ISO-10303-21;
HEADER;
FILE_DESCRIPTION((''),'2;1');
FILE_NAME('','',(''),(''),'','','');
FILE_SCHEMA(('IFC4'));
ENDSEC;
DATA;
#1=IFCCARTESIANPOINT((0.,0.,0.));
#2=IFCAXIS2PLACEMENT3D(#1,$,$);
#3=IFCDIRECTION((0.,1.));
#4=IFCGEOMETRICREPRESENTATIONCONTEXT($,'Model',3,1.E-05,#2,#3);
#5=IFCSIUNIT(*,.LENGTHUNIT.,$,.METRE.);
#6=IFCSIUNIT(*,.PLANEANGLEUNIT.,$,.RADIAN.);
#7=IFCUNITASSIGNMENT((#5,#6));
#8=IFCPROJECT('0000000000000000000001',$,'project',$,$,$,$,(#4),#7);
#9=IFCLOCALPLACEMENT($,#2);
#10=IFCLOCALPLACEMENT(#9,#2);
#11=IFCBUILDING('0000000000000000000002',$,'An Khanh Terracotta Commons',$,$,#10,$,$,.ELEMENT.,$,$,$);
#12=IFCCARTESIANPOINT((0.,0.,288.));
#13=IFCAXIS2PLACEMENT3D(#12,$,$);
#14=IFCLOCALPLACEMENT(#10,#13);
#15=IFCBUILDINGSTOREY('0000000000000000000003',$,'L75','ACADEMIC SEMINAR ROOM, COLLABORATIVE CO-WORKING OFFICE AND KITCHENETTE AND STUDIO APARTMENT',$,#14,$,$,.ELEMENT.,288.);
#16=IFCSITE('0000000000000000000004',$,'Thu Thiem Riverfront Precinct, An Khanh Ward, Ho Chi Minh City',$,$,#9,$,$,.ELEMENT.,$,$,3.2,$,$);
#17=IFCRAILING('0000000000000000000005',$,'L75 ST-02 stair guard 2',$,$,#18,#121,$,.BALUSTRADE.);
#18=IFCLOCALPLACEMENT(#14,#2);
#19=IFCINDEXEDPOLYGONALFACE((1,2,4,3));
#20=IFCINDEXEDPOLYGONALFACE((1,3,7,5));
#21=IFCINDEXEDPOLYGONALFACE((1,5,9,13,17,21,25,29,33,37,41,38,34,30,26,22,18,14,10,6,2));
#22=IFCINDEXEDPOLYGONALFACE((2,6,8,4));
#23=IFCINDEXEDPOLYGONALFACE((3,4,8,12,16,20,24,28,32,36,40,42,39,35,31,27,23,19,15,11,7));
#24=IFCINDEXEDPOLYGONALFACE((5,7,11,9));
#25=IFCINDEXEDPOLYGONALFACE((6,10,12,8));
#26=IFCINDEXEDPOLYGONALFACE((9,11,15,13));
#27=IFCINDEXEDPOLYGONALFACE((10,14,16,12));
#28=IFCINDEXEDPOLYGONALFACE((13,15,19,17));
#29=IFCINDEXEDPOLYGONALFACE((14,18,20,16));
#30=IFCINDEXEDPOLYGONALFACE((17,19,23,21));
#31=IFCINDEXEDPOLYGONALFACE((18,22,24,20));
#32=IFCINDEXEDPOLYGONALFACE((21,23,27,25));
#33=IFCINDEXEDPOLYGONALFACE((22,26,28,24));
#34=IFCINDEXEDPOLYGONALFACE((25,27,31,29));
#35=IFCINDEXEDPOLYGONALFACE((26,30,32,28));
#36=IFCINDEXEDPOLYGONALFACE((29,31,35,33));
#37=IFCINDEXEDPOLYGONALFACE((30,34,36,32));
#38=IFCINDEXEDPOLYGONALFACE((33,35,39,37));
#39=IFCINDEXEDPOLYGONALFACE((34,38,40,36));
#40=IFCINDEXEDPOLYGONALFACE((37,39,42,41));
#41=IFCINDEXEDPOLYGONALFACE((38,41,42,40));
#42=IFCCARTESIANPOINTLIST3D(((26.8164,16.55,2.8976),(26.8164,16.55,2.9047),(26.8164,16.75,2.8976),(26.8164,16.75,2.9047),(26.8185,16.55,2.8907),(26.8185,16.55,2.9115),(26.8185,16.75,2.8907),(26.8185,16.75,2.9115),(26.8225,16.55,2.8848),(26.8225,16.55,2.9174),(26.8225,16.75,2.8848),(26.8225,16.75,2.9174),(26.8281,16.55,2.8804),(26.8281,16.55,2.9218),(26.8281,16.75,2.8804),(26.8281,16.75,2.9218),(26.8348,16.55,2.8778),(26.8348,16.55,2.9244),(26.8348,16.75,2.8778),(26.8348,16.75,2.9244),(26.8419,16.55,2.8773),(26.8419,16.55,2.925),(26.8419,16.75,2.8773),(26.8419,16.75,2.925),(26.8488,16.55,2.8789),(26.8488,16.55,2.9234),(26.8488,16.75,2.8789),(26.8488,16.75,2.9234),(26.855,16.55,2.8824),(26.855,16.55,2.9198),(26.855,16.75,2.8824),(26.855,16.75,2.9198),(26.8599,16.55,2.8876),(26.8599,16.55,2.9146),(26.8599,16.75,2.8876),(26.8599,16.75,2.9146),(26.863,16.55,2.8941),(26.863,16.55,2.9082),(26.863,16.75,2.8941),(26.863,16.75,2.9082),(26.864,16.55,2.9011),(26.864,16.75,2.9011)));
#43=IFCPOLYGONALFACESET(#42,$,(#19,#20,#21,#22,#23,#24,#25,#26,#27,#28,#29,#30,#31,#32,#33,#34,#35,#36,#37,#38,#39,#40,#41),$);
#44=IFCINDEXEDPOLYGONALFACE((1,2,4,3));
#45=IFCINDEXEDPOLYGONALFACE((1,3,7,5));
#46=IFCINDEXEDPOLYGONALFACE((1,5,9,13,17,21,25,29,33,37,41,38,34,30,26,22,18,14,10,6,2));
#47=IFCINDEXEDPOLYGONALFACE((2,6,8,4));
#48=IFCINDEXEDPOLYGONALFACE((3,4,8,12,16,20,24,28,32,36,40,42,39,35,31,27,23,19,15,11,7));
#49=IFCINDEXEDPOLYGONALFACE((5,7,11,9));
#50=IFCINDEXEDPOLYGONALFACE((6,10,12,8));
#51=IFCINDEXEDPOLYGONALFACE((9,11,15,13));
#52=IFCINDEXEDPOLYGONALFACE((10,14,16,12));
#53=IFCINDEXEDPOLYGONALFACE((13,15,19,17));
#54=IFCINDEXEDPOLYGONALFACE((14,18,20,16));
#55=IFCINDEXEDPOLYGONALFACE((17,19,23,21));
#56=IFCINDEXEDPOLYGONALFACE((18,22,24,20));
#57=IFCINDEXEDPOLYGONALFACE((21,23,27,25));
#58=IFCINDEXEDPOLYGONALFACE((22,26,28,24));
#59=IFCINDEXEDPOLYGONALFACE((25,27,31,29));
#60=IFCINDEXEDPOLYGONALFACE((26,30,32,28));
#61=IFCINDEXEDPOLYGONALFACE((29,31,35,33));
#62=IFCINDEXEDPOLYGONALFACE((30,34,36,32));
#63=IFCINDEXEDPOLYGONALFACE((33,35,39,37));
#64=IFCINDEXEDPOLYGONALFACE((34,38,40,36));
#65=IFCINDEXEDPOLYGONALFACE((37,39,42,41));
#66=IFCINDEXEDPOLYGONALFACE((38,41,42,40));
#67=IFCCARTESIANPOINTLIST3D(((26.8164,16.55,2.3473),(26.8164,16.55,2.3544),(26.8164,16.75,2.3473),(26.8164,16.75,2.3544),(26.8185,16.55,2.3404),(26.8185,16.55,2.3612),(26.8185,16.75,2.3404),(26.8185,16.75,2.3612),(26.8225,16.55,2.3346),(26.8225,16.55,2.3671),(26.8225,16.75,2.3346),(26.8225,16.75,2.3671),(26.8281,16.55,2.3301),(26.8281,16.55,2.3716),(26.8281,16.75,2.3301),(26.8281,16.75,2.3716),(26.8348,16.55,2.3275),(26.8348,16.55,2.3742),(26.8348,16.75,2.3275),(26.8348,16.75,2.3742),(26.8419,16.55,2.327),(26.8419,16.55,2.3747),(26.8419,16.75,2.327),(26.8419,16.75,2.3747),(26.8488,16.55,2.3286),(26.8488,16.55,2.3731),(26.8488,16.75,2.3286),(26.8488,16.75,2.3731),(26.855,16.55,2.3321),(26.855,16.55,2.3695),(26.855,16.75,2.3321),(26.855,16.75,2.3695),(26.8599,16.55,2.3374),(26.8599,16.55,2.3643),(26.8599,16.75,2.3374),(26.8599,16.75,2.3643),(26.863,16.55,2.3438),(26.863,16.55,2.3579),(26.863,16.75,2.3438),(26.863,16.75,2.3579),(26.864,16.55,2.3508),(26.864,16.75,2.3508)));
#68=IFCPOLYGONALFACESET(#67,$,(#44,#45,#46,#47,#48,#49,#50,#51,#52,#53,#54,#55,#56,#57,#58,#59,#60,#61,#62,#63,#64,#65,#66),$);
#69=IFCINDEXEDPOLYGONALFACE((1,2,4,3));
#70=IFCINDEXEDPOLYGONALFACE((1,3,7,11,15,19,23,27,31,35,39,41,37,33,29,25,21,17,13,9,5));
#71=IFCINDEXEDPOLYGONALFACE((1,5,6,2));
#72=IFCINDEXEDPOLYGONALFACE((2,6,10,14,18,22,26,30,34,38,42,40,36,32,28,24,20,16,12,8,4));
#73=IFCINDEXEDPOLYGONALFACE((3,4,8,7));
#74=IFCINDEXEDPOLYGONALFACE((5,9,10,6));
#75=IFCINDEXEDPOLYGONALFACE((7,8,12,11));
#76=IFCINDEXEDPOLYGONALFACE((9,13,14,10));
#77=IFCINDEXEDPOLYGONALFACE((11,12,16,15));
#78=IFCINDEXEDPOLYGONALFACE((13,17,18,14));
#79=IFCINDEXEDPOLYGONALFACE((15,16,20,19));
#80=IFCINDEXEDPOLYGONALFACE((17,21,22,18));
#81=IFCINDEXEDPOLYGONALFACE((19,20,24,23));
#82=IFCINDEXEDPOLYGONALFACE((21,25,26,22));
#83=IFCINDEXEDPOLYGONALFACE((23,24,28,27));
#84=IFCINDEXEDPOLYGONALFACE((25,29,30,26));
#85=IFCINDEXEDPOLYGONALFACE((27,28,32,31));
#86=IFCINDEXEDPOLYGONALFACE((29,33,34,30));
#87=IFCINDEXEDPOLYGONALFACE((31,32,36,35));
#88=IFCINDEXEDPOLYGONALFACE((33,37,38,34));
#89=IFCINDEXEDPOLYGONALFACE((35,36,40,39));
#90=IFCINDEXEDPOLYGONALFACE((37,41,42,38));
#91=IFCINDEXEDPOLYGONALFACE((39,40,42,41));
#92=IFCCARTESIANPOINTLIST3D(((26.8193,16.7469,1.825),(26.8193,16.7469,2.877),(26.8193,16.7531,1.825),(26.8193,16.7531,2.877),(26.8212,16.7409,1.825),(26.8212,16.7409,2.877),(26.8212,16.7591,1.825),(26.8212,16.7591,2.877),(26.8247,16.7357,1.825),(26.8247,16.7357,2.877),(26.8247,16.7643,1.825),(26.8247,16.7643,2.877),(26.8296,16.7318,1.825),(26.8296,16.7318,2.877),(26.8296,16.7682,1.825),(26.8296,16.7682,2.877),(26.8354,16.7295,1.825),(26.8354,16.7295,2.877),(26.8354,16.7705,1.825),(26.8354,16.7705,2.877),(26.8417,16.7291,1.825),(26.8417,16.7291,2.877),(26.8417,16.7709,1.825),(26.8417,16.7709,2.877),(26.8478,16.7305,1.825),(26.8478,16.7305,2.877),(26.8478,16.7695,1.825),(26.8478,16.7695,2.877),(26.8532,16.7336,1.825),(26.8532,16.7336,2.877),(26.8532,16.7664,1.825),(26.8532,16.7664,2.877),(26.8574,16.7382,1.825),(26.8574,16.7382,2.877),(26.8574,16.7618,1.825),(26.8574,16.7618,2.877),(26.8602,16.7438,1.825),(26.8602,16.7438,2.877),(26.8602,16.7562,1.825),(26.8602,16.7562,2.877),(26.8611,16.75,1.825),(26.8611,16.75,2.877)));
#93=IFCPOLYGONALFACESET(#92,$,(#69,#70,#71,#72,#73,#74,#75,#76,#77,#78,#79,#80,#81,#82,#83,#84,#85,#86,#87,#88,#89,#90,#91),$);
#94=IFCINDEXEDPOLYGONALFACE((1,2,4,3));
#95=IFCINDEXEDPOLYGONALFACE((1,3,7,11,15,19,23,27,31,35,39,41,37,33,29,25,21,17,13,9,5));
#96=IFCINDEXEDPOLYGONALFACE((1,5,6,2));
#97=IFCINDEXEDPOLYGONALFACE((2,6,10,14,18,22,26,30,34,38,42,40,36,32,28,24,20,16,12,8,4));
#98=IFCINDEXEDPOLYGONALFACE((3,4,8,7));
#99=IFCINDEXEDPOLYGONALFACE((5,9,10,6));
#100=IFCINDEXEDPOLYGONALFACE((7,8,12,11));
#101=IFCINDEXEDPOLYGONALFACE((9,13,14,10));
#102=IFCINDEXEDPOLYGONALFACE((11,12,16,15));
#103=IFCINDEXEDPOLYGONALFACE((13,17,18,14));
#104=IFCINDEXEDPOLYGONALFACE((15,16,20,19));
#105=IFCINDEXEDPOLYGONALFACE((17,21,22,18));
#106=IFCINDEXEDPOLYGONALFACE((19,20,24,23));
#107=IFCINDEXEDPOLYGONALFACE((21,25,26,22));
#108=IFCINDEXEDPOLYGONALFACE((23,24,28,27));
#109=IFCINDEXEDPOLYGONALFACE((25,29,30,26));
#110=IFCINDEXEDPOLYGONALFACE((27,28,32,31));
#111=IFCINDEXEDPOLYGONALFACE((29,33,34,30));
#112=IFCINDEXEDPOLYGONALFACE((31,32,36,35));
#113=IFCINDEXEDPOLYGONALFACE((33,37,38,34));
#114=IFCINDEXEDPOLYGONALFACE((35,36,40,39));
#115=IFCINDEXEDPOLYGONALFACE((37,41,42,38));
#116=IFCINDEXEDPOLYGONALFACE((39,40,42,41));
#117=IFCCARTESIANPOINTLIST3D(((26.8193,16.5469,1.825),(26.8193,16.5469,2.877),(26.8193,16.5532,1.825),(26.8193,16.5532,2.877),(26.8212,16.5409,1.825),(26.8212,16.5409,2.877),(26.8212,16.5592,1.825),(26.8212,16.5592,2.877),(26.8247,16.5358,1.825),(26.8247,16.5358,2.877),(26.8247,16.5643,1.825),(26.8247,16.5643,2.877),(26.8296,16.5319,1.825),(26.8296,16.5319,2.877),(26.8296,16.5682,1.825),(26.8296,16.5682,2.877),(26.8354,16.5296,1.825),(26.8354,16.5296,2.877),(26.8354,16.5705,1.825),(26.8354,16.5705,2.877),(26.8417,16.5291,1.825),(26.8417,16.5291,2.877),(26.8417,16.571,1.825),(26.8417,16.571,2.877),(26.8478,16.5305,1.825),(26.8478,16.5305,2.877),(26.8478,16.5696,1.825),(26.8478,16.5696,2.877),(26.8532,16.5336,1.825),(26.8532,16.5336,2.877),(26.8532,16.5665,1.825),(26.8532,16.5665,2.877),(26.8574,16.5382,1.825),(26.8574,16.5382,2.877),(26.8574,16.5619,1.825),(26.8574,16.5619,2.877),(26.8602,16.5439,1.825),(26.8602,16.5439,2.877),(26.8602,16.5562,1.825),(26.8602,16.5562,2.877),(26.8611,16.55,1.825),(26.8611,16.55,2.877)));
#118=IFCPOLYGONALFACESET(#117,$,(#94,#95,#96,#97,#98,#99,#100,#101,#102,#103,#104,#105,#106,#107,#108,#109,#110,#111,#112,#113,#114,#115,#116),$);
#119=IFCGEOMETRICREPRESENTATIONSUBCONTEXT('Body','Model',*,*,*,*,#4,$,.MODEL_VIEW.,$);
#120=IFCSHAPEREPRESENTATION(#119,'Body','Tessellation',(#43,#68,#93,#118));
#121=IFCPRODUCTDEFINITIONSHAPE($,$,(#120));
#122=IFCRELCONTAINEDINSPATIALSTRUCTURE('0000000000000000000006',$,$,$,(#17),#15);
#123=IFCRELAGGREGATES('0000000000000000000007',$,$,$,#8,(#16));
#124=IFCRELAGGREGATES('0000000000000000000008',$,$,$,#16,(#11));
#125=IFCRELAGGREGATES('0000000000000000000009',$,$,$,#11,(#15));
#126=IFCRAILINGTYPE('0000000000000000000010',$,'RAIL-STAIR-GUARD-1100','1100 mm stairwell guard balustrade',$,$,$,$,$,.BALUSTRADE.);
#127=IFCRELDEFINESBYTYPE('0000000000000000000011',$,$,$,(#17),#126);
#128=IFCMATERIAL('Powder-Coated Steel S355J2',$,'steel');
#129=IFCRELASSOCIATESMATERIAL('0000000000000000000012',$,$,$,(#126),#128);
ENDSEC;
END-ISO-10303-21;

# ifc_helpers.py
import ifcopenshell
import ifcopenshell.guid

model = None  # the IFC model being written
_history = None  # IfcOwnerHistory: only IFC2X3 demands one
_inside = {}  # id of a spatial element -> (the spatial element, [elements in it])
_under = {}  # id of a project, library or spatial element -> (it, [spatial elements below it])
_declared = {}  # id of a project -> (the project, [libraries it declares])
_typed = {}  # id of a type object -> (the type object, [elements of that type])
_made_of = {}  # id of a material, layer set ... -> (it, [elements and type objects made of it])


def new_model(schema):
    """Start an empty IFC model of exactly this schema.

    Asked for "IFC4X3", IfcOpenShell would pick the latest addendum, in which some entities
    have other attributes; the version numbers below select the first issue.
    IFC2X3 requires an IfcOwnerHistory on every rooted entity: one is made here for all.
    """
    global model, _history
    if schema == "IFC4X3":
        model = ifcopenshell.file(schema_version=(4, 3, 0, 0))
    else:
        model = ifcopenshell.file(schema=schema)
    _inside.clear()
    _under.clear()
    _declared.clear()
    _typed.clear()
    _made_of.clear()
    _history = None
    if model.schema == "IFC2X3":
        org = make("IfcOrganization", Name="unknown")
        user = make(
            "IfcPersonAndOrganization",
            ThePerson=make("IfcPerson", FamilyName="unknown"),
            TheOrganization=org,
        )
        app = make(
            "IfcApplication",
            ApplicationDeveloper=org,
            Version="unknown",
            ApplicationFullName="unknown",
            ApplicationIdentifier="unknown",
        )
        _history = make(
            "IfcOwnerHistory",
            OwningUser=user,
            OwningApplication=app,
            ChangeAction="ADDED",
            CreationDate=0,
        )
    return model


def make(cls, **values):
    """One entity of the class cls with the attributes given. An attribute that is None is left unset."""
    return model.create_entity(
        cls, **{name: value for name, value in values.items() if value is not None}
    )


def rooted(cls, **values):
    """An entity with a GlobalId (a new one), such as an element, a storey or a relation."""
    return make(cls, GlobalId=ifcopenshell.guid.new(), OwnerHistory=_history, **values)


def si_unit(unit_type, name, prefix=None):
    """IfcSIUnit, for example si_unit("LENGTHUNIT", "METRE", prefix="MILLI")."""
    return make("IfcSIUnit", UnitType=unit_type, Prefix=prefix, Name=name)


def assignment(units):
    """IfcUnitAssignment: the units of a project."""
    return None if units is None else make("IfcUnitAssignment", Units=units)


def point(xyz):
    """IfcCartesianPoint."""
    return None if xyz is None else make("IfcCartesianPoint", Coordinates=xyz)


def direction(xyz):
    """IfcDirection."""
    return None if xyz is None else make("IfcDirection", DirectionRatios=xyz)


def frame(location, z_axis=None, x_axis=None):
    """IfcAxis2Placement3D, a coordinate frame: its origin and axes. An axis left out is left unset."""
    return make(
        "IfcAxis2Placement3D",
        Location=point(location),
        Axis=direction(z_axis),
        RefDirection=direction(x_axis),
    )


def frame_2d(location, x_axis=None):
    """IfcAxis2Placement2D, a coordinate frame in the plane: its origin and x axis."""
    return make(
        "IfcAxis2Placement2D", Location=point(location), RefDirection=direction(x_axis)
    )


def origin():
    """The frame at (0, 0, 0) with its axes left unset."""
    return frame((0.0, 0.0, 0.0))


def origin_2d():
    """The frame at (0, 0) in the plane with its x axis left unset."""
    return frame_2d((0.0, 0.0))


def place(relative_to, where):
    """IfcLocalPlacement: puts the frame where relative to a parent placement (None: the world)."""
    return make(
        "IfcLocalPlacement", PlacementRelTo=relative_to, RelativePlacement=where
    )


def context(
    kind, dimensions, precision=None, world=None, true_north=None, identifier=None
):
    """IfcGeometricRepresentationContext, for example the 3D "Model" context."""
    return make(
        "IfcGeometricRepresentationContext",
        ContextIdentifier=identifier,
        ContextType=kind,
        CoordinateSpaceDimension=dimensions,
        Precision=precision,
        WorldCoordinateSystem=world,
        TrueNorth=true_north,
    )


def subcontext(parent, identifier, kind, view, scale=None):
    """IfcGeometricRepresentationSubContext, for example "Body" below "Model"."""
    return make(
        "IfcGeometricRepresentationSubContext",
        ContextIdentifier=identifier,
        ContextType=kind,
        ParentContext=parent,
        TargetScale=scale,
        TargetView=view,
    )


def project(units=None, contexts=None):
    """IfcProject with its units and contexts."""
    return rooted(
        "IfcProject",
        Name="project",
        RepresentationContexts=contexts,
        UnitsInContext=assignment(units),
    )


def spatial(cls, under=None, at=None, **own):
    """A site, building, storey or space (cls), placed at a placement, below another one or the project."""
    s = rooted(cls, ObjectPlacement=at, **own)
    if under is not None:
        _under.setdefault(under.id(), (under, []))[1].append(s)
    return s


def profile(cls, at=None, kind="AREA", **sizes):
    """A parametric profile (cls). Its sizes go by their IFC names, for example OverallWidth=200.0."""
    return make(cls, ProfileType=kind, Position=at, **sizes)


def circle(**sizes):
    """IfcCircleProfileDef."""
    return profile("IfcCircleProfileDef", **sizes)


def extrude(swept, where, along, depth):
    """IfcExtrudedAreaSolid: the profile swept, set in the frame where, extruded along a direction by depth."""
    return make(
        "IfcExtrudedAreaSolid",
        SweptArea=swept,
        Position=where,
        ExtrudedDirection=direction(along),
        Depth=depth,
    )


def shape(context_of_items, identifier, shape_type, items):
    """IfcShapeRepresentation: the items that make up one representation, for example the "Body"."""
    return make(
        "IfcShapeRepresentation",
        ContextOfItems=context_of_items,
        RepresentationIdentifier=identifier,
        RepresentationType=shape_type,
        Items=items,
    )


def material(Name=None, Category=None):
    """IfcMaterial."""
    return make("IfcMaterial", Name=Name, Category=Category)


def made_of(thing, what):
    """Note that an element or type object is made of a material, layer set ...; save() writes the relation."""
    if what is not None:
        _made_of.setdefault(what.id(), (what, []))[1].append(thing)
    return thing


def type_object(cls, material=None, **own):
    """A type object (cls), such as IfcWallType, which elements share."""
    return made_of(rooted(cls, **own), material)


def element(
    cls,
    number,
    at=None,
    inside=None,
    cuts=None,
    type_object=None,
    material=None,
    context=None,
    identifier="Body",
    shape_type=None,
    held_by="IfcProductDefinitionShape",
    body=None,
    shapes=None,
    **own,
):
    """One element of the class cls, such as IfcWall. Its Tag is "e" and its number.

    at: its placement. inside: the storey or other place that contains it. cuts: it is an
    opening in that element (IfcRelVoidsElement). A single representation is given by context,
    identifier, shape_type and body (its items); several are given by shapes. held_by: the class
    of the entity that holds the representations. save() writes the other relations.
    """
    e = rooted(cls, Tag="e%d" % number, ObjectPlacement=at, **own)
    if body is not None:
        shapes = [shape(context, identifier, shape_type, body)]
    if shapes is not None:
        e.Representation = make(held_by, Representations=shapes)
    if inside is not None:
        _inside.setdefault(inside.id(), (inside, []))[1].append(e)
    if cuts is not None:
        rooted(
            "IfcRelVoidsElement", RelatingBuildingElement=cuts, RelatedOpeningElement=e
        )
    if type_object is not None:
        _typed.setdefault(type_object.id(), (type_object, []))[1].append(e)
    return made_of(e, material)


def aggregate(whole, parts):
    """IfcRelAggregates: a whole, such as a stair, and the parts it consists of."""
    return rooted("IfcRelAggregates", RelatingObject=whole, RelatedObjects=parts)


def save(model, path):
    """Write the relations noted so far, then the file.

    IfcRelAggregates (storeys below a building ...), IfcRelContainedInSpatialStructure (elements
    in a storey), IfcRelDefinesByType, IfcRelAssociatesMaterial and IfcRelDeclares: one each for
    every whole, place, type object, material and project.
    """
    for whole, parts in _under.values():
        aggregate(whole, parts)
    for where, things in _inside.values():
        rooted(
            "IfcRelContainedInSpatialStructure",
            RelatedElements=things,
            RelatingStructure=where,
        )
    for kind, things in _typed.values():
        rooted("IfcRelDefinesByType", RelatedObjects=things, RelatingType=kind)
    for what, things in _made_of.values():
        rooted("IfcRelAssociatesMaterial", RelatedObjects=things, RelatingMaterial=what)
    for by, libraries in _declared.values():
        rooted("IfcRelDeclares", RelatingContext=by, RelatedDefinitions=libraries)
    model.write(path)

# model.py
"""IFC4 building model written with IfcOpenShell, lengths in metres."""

from ifc_helpers import new_model, si_unit, direction, frame, origin, origin_2d, place, context, subcontext, project, spatial, circle, extrude, material, type_object, element, save


model = new_model("IFC4")

# Units and contexts
model_context = context("Model", 3, precision=1e-05, world=origin(), true_north=direction((0.0, 1.0)))
body_context = subcontext(model_context, "Body", "Model", "MODEL_VIEW")
ifc_project = project(units=[si_unit("LENGTHUNIT", "METRE"), si_unit("PLANEANGLEUNIT", "RADIAN")], contexts=[model_context])

# Site, building, storey
site_placement = place(None, origin())
site = spatial("IfcSite", under=ifc_project, at=site_placement, Name="Thu Thiem Riverfront Precinct, An Khanh Ward, Ho Chi Minh City", CompositionType="ELEMENT", RefElevation=3.2)
building_placement = place(site_placement, origin())
building = spatial("IfcBuilding", under=site, at=building_placement, Name="An Khanh Terracotta Commons", CompositionType="ELEMENT")
storey_placement = place(building_placement, frame((0.0, 0.0, 288.0)))
storey = spatial("IfcBuildingStorey", under=building, at=storey_placement, Name="L75", Description="ACADEMIC SEMINAR ROOM, COLLABORATIVE CO-WORKING OFFICE AND KITCHENETTE AND STUDIO APARTMENT", CompositionType="ELEMENT", Elevation=288.0)

# Railing
ifc_material_1 = material(Name="Powder-Coated Steel S355J2", Category="steel")
railing_type_1 = type_object("IfcRailingType", Name="RAIL-STAIR-GUARD-1100", Description="1100 mm stairwell guard balustrade", PredefinedType="BALUSTRADE", material=ifc_material_1)
railing_1_placement = place(storey_placement, frame((26.8401, 16.75, 1.825)))
element("IfcRailing", 1, at=railing_1_placement, inside=storey, type_object=railing_type_1, Name="L75 ST-02 stair guard 2", PredefinedType="BALUSTRADE", context=body_context, shape_type="SweptSolid", body=[
    extrude(circle(Radius=0.0239, at=origin_2d()), frame((0.0, 0.0, 1.0762), z_axis=(0.0, -1.0, 0.0), x_axis=(1.0, 0.0, 0.0)), (0.0, 0.0, 1.0), 0.2),
    extrude(circle(Radius=0.0239, at=origin_2d()), frame((0.0, 0.0, 0.5259), z_axis=(0.0, -1.0, 0.0), x_axis=(1.0, 0.0, 0.0)), (0.0, 0.0, 1.0), 0.2),
    extrude(circle(Radius=0.021, at=origin_2d()), origin(), (0.0, 0.0, 1.0), 1.052),
    extrude(circle(Radius=0.021, at=origin_2d()), frame((0.0, -0.2, 0.0)), (0.0, 0.0, 1.0), 1.052),
])

save(model, "model.ifc")
